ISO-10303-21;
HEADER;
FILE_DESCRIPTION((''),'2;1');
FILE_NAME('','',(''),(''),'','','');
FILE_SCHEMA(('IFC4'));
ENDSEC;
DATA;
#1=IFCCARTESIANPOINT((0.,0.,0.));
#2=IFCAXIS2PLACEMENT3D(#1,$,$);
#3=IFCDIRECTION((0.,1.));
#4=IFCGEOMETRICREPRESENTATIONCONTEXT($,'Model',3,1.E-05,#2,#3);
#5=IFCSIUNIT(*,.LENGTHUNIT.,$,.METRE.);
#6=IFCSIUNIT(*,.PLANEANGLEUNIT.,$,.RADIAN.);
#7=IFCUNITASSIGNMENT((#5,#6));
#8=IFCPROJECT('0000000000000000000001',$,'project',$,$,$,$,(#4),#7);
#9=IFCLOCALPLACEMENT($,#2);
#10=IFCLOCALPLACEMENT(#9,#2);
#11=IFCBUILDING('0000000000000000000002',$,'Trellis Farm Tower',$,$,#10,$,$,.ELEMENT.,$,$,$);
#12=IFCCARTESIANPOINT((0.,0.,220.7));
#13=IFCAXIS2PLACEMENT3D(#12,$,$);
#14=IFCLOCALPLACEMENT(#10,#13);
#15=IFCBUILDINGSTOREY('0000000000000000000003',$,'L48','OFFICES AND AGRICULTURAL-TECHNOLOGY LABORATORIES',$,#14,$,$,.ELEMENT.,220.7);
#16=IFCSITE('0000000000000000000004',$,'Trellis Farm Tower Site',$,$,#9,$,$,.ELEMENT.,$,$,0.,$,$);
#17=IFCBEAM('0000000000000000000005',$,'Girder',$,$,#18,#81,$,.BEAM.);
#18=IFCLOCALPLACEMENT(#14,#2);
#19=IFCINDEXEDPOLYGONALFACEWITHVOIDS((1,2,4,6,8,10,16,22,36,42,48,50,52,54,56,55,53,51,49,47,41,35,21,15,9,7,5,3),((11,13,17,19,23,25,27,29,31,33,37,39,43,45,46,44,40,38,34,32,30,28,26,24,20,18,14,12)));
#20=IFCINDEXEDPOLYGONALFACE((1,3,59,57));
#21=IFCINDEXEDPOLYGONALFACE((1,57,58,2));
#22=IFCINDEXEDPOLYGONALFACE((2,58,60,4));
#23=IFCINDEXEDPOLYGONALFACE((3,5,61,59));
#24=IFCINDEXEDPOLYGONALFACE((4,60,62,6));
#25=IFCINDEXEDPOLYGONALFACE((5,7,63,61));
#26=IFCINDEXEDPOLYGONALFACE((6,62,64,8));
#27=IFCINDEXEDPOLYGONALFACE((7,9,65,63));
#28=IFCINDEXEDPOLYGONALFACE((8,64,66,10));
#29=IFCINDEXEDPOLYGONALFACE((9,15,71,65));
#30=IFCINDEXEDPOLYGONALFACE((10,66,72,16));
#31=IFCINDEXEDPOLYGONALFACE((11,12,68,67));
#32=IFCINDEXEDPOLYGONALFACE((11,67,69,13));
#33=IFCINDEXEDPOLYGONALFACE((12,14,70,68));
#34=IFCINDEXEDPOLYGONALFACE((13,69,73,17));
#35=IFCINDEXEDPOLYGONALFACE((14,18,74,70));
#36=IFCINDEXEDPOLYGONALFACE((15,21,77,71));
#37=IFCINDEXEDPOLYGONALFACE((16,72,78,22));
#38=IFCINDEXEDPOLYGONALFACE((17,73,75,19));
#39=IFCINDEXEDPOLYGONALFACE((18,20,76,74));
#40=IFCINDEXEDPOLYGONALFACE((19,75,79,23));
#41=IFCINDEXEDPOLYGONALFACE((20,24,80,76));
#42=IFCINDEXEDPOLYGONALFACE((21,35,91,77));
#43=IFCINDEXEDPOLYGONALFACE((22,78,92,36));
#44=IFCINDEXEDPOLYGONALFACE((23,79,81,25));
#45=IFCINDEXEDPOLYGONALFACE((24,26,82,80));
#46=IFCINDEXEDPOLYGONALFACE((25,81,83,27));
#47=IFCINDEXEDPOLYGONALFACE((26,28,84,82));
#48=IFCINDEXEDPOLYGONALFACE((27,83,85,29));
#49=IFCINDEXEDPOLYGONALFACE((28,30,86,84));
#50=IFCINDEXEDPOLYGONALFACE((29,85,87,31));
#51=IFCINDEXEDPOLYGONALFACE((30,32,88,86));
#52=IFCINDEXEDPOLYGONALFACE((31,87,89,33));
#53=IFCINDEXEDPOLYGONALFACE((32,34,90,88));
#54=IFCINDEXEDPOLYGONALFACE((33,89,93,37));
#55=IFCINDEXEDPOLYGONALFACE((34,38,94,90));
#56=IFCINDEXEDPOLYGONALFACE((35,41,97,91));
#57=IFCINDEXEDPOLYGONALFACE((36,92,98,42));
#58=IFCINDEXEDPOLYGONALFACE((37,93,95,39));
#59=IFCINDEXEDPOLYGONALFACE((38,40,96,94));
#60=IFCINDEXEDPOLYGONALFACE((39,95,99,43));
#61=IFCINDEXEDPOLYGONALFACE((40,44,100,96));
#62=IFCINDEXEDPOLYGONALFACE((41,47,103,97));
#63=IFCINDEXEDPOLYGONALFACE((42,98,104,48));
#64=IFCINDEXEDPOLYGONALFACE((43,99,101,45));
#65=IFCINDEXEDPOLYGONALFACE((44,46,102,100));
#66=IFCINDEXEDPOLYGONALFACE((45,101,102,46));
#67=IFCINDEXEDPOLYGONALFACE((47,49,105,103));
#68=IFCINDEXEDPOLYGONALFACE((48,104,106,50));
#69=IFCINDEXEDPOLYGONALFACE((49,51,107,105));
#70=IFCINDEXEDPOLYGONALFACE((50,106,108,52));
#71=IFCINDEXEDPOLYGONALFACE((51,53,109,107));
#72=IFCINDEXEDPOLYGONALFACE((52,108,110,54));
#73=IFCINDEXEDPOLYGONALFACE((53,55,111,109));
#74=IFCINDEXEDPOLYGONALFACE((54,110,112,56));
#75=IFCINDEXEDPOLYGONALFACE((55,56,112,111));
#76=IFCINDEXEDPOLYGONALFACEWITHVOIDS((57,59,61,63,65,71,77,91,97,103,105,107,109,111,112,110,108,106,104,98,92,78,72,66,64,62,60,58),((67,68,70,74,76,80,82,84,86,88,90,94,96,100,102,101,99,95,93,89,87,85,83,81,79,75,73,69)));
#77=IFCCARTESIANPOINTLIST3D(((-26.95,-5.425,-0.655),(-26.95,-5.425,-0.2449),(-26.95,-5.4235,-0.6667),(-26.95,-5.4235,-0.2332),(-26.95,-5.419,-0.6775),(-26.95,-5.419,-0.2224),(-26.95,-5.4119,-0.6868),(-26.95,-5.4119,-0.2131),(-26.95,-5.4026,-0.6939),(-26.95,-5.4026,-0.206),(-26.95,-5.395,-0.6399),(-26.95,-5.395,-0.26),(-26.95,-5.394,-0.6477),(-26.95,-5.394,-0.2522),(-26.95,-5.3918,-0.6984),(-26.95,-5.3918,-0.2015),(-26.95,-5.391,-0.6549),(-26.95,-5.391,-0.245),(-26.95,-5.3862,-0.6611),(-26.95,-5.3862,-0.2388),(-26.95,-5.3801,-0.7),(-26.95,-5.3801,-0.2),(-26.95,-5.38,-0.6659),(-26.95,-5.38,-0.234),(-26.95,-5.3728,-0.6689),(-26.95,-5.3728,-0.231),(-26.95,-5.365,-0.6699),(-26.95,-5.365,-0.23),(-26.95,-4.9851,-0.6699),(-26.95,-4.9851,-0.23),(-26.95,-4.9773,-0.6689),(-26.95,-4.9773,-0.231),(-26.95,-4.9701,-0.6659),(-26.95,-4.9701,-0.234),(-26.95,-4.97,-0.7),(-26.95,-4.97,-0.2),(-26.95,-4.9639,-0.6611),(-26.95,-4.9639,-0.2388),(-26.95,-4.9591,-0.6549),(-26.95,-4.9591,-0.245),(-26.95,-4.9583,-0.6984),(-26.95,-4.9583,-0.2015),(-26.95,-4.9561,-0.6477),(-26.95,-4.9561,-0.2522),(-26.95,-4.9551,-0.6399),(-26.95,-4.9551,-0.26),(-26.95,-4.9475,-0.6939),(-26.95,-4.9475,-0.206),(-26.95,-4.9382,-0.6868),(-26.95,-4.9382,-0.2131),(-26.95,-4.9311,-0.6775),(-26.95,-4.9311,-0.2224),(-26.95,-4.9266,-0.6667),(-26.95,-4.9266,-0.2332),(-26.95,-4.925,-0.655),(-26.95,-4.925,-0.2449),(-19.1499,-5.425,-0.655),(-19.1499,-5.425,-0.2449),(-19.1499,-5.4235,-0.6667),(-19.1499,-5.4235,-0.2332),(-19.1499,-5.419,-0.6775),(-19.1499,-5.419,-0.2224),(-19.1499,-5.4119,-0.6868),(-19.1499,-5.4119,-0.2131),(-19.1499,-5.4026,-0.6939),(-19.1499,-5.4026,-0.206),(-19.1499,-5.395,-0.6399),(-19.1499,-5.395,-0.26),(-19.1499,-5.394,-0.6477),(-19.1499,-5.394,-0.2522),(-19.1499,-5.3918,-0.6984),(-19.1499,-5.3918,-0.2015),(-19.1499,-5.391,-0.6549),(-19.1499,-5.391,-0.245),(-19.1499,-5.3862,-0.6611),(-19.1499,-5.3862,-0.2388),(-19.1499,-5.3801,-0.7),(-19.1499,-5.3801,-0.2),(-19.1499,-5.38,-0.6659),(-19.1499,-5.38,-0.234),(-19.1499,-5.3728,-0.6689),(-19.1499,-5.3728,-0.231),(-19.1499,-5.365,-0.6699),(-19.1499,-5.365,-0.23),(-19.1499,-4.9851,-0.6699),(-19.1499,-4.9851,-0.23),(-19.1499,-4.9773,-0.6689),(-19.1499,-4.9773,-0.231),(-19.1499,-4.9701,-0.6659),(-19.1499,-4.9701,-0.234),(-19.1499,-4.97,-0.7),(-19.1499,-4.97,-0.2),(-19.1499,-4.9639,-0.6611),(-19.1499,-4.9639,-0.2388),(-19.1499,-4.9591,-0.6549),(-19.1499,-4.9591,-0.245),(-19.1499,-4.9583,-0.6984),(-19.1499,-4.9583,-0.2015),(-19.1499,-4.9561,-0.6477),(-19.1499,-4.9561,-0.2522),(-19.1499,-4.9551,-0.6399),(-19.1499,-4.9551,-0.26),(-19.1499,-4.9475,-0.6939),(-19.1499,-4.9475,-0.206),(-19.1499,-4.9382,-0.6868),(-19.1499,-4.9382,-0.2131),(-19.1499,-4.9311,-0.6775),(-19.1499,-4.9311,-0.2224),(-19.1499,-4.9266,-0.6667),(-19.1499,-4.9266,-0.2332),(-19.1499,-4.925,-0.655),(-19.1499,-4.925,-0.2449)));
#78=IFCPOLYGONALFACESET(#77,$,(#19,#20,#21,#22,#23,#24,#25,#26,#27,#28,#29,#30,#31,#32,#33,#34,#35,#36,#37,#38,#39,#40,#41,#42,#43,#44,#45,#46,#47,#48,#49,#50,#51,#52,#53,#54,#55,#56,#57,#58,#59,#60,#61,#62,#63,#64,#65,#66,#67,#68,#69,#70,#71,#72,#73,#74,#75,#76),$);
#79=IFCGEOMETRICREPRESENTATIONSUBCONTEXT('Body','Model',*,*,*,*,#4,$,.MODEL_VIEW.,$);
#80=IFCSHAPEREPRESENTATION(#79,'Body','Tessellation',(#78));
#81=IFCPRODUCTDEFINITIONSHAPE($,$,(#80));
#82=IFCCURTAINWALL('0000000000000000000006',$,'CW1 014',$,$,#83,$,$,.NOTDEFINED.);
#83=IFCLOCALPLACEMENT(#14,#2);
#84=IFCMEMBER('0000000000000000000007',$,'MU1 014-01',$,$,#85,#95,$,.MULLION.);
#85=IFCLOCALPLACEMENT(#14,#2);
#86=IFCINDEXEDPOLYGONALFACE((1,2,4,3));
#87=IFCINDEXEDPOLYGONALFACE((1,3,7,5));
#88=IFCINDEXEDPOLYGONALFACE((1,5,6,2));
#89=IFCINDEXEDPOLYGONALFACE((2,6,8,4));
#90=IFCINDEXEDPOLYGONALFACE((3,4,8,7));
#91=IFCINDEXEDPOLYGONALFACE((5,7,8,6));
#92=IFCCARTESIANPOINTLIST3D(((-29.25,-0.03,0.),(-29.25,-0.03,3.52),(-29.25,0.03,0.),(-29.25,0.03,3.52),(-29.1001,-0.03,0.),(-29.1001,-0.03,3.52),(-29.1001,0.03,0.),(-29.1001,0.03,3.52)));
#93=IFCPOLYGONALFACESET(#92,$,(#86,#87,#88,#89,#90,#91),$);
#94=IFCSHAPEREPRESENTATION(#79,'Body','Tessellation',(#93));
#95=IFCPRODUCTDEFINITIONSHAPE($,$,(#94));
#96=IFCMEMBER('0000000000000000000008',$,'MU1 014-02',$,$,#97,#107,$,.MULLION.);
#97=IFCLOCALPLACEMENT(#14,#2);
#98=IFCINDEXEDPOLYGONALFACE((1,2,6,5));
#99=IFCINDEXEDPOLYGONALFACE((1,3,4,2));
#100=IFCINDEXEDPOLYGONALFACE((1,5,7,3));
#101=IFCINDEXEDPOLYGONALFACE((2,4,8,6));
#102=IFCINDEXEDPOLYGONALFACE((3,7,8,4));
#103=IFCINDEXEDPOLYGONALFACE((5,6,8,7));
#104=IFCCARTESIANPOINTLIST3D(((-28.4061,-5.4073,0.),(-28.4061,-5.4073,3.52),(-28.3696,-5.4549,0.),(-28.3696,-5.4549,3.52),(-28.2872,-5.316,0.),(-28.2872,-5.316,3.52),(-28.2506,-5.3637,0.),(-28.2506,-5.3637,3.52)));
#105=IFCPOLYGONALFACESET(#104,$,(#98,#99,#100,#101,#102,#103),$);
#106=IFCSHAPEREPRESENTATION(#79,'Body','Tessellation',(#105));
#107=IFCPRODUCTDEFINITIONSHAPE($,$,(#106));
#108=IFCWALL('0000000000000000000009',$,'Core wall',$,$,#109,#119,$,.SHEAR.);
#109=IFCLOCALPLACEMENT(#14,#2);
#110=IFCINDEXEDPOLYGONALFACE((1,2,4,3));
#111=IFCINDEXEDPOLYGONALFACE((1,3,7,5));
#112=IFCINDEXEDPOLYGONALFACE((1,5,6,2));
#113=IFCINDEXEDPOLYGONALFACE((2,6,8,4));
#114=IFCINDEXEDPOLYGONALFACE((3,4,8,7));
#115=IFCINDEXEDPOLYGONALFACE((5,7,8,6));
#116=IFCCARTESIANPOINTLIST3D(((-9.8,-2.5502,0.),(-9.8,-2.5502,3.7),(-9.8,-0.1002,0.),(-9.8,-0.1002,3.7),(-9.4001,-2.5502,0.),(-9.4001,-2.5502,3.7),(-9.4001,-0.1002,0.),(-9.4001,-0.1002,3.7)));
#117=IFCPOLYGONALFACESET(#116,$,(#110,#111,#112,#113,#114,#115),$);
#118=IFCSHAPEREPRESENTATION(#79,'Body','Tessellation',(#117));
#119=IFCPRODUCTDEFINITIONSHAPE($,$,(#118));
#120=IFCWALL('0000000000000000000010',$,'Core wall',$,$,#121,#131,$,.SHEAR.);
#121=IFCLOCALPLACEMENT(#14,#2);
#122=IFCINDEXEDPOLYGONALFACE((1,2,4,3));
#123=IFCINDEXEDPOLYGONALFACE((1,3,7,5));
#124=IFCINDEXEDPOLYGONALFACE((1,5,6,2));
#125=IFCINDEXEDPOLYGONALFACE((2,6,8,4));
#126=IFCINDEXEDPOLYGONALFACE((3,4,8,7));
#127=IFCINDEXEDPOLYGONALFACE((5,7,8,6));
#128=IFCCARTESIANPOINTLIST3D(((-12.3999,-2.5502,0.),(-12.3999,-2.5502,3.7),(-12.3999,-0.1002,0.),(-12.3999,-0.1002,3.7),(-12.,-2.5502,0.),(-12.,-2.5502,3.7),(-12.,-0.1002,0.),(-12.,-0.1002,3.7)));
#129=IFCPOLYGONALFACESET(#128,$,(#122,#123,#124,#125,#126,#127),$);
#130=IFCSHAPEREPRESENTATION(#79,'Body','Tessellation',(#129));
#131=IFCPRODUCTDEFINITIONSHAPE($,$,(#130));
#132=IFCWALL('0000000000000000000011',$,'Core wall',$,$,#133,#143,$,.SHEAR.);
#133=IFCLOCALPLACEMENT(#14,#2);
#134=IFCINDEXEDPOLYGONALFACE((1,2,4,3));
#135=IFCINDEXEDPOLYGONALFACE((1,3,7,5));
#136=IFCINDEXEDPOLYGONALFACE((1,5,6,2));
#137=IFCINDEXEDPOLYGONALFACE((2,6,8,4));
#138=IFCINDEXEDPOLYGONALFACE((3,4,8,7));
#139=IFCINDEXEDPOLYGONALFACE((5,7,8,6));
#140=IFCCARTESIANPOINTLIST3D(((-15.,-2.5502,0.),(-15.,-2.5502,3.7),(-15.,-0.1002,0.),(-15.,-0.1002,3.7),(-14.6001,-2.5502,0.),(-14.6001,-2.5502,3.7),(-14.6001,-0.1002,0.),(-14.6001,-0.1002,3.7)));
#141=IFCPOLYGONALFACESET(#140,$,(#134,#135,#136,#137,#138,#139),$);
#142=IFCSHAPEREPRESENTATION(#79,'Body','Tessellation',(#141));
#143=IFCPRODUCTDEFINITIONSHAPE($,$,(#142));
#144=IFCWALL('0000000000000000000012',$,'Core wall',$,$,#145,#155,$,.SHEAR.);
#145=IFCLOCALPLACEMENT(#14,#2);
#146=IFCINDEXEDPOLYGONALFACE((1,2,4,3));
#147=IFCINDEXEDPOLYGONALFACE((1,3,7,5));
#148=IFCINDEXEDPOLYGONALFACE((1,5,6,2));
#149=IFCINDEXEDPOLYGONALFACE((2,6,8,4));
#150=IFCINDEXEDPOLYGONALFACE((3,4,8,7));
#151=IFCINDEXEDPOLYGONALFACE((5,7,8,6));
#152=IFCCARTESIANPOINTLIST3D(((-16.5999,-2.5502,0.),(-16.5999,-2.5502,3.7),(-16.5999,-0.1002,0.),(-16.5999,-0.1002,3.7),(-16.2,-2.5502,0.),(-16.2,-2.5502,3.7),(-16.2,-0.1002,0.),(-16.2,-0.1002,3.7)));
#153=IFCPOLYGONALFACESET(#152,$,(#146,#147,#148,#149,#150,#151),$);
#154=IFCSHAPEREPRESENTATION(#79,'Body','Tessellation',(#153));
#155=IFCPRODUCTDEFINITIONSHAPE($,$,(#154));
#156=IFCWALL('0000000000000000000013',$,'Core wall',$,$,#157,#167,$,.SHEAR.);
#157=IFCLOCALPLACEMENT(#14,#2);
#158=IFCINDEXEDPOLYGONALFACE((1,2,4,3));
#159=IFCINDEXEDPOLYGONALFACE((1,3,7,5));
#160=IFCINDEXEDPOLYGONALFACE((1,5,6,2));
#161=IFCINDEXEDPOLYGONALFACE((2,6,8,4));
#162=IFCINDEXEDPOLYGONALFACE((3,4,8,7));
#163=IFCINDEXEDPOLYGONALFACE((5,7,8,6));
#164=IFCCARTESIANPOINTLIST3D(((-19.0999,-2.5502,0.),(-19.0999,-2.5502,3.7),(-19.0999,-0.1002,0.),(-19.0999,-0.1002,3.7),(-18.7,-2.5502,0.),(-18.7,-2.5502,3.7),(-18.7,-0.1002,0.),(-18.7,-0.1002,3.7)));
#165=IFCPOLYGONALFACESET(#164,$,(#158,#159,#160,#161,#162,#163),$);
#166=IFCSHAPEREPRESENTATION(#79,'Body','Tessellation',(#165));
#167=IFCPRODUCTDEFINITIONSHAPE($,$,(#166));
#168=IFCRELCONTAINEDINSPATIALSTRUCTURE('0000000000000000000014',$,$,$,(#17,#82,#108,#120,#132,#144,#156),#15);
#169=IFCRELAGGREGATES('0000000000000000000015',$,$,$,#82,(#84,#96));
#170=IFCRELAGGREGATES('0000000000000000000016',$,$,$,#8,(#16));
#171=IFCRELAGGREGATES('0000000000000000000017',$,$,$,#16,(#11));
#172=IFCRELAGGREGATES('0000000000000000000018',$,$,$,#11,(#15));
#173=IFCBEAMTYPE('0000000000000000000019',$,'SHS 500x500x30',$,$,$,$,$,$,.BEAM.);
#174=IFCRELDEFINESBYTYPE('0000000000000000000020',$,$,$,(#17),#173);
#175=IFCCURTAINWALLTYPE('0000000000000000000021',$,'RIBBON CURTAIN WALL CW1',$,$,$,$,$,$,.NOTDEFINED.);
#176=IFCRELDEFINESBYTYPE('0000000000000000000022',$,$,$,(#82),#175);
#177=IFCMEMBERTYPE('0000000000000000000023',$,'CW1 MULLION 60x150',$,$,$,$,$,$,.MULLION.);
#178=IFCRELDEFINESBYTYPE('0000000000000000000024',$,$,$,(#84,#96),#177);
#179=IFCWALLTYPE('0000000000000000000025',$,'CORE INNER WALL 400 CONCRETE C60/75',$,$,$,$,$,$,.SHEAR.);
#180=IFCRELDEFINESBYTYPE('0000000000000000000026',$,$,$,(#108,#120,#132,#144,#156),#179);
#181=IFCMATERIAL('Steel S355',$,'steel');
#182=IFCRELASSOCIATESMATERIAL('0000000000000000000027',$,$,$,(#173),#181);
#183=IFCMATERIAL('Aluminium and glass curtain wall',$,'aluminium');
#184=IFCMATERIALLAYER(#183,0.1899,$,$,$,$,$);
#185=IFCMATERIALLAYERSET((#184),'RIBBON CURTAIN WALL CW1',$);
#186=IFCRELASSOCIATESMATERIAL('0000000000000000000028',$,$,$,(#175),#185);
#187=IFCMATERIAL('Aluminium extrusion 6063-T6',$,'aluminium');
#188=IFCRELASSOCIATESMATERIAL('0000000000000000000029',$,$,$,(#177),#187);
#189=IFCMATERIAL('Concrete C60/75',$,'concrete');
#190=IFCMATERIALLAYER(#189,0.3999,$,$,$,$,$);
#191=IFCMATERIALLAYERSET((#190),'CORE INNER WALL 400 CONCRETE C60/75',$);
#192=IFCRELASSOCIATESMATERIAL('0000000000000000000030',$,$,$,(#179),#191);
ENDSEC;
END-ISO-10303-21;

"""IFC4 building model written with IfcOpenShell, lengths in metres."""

from ifc_helpers import new_model, si_unit, direction, frame, frame_2d, origin, origin_2d, place, context, subcontext, project, spatial, rectangle, hollow_rectangle, extrude, source, transform, mapped, material, layer, layer_set, material_profile, profile_set, type_object, element, aggregate, save


model = new_model("IFC4")

# Units and contexts
model_context = context("Model", 3, precision=1e-05, world=origin(), true_north=direction((0.0, 1.0)))
body_context = subcontext(model_context, "Body", "Model", "MODEL_VIEW")
ifc_project = project(units=[si_unit("LENGTHUNIT", "METRE"), si_unit("PLANEANGLEUNIT", "RADIAN")], contexts=[model_context])

# Site, building, storey
site_placement = place(None, origin())
site = spatial("IfcSite", under=ifc_project, at=site_placement, Name="Trellis Farm Tower Site", CompositionType="ELEMENT", RefElevation=0.0)
building_placement = place(site_placement, origin())
building = spatial("IfcBuilding", under=site, at=building_placement, Name="Trellis Farm Tower", CompositionType="ELEMENT")
storey_placement = place(building_placement, frame((0.0, 0.0, 220.7)))
storey = spatial("IfcBuildingStorey", under=building, at=storey_placement, Name="L48", Description="OFFICES AND AGRICULTURAL-TECHNOLOGY LABORATORIES", CompositionType="ELEMENT", Elevation=220.7)

# Shared definitions
ifc_material_1 = material(Name="Concrete C60/75", Category="concrete")

# Beam
ifc_material_2 = material(Name="Steel S355", Category="steel")
ifc_material_profile_1 = material_profile(ifc_material_2, hollow_rectangle(XDim=0.5, YDim=0.5, WallThickness=0.03, InnerFilletRadius=0.03, OuterFilletRadius=0.0449, at=origin_2d()), Name="SHS 500x500x30")
ifc_profile_set_1 = profile_set([ifc_material_profile_1], Name="Steel S355")
beam_type_1 = type_object("IfcBeamType", Name="SHS 500x500x30", PredefinedType="BEAM", material=ifc_profile_set_1)
shared_shape_1 = source(origin(), body_context, "Body", "SweptSolid", [
    extrude(hollow_rectangle(XDim=0.5, YDim=0.5, WallThickness=0.03, InnerFilletRadius=0.03, OuterFilletRadius=0.0449, at=origin_2d()), origin(), (0.0, 0.0, 1.0), 7.8),
])
beam_1_placement = place(storey_placement, frame((-26.95, -5.175, -0.45), z_axis=(1.0, 0.0, 0.0), x_axis=(0.0, 1.0, 0.0)))
element("IfcBeam", 1, at=beam_1_placement, inside=storey, type_object=beam_type_1, Name="Girder", PredefinedType="BEAM", context=body_context, shape_type="MappedRepresentation", body=[
    mapped(shared_shape_1, transform((0.0, 0.0, 0.0))),
])

# Curtain wall, members
ifc_material_3 = material(Name="Aluminium and glass curtain wall", Category="aluminium")
ifc_layer_1 = layer(ifc_material_3, 0.1899)
ifc_layer_set_1 = layer_set([ifc_layer_1], Name="RIBBON CURTAIN WALL CW1")
curtain_wall_type = type_object("IfcCurtainWallType", Name="RIBBON CURTAIN WALL CW1", PredefinedType="NOTDEFINED", material=ifc_layer_set_1)
curtain_wall_placement = place(storey_placement, origin())
curtain_wall = element("IfcCurtainWall", 2, at=curtain_wall_placement, inside=storey, type_object=curtain_wall_type, Name="CW1 014", PredefinedType="NOTDEFINED")
ifc_material_4 = material(Name="Aluminium extrusion 6063-T6", Category="aluminium")
ifc_material_profile_2 = material_profile(ifc_material_4, rectangle(XDim=0.0601, YDim=0.1499, at=origin_2d()), Name="MULLION 60x150")
ifc_profile_set_2 = profile_set([ifc_material_profile_2], Name="Aluminium extrusion 6063-T6")
member_type = type_object("IfcMemberType", Name="CW1 MULLION 60x150", PredefinedType="MULLION", material=ifc_profile_set_2)
shared_shape_2 = source(origin(), body_context, "Body", "SweptSolid", [
    extrude(rectangle(XDim=0.0601, YDim=0.1499, at=origin_2d()), origin(), (0.0, 0.0, 1.0), 3.52),
])
member_1_placement = place(storey_placement, frame((-29.175, 0.0, 0.0), z_axis=(0.0, 0.0, 1.0), x_axis=(0.0, -1.0, 0.0)))
member_1 = element("IfcMember", 3, at=member_1_placement, type_object=member_type, Name="MU1 014-01", PredefinedType="MULLION", context=body_context, shape_type="MappedRepresentation", body=[
    mapped(shared_shape_2, transform((0.0, 0.0, 0.0))),
])
member_2_placement = place(storey_placement, frame((-28.3284, -5.3855, 0.0), z_axis=(0.0, 0.0, 1.0), x_axis=(0.608761, -0.793353, 0.0)))
member_2 = element("IfcMember", 4, at=member_2_placement, type_object=member_type, Name="MU1 014-02", PredefinedType="MULLION", context=body_context, shape_type="MappedRepresentation", body=[
    mapped(shared_shape_2, transform((0.0, 0.0, 0.0))),
])
aggregate(curtain_wall, [member_1, member_2])

# Walls
ifc_layer_2 = layer(ifc_material_1, 0.3999)
ifc_layer_set_2 = layer_set([ifc_layer_2], Name="CORE INNER WALL 400 CONCRETE C60/75")
wall_type_1 = type_object("IfcWallType", Name="CORE INNER WALL 400 CONCRETE C60/75", PredefinedType="SHEAR", material=ifc_layer_set_2)
shared_shape_3 = source(origin(), body_context, "Body", "SweptSolid", [
    extrude(rectangle(XDim=2.45, YDim=0.3999, at=frame_2d((1.2251, 0.0))), origin(), (0.0, 0.0, 1.0), 3.7),
])
for number, where, z_axis, x_axis, name in (
    (5, (-9.6001, -0.1001, 0.0), (0.0, 0.0, 1.0), (0.0, -1.0, 0.0), "Core wall"),
    (6, (-12.2, -0.1001, 0.0), (0.0, 0.0, 1.0), (0.0, -1.0, 0.0), "Core wall"),
    (7, (-14.8, -0.1001, 0.0), (0.0, 0.0, 1.0), (0.0, -1.0, 0.0), "Core wall"),
    (8, (-16.3999, -0.1001, 0.0), (0.0, 0.0, 1.0), (0.0, -1.0, 0.0), "Core wall"),
    (9, (-18.8999, -0.1001, 0.0), (0.0, 0.0, 1.0), (0.0, -1.0, 0.0), "Core wall"),
):
    element("IfcWall", number, at=place(storey_placement, frame(where, z_axis=z_axis, x_axis=x_axis)), inside=storey, type_object=wall_type_1, Name=name, PredefinedType="SHEAR", context=body_context, shape_type="MappedRepresentation", body=[
        mapped(shared_shape_3, transform((0.0, 0.0, 0.0))),
    ])

save(model, "model.ifc")
